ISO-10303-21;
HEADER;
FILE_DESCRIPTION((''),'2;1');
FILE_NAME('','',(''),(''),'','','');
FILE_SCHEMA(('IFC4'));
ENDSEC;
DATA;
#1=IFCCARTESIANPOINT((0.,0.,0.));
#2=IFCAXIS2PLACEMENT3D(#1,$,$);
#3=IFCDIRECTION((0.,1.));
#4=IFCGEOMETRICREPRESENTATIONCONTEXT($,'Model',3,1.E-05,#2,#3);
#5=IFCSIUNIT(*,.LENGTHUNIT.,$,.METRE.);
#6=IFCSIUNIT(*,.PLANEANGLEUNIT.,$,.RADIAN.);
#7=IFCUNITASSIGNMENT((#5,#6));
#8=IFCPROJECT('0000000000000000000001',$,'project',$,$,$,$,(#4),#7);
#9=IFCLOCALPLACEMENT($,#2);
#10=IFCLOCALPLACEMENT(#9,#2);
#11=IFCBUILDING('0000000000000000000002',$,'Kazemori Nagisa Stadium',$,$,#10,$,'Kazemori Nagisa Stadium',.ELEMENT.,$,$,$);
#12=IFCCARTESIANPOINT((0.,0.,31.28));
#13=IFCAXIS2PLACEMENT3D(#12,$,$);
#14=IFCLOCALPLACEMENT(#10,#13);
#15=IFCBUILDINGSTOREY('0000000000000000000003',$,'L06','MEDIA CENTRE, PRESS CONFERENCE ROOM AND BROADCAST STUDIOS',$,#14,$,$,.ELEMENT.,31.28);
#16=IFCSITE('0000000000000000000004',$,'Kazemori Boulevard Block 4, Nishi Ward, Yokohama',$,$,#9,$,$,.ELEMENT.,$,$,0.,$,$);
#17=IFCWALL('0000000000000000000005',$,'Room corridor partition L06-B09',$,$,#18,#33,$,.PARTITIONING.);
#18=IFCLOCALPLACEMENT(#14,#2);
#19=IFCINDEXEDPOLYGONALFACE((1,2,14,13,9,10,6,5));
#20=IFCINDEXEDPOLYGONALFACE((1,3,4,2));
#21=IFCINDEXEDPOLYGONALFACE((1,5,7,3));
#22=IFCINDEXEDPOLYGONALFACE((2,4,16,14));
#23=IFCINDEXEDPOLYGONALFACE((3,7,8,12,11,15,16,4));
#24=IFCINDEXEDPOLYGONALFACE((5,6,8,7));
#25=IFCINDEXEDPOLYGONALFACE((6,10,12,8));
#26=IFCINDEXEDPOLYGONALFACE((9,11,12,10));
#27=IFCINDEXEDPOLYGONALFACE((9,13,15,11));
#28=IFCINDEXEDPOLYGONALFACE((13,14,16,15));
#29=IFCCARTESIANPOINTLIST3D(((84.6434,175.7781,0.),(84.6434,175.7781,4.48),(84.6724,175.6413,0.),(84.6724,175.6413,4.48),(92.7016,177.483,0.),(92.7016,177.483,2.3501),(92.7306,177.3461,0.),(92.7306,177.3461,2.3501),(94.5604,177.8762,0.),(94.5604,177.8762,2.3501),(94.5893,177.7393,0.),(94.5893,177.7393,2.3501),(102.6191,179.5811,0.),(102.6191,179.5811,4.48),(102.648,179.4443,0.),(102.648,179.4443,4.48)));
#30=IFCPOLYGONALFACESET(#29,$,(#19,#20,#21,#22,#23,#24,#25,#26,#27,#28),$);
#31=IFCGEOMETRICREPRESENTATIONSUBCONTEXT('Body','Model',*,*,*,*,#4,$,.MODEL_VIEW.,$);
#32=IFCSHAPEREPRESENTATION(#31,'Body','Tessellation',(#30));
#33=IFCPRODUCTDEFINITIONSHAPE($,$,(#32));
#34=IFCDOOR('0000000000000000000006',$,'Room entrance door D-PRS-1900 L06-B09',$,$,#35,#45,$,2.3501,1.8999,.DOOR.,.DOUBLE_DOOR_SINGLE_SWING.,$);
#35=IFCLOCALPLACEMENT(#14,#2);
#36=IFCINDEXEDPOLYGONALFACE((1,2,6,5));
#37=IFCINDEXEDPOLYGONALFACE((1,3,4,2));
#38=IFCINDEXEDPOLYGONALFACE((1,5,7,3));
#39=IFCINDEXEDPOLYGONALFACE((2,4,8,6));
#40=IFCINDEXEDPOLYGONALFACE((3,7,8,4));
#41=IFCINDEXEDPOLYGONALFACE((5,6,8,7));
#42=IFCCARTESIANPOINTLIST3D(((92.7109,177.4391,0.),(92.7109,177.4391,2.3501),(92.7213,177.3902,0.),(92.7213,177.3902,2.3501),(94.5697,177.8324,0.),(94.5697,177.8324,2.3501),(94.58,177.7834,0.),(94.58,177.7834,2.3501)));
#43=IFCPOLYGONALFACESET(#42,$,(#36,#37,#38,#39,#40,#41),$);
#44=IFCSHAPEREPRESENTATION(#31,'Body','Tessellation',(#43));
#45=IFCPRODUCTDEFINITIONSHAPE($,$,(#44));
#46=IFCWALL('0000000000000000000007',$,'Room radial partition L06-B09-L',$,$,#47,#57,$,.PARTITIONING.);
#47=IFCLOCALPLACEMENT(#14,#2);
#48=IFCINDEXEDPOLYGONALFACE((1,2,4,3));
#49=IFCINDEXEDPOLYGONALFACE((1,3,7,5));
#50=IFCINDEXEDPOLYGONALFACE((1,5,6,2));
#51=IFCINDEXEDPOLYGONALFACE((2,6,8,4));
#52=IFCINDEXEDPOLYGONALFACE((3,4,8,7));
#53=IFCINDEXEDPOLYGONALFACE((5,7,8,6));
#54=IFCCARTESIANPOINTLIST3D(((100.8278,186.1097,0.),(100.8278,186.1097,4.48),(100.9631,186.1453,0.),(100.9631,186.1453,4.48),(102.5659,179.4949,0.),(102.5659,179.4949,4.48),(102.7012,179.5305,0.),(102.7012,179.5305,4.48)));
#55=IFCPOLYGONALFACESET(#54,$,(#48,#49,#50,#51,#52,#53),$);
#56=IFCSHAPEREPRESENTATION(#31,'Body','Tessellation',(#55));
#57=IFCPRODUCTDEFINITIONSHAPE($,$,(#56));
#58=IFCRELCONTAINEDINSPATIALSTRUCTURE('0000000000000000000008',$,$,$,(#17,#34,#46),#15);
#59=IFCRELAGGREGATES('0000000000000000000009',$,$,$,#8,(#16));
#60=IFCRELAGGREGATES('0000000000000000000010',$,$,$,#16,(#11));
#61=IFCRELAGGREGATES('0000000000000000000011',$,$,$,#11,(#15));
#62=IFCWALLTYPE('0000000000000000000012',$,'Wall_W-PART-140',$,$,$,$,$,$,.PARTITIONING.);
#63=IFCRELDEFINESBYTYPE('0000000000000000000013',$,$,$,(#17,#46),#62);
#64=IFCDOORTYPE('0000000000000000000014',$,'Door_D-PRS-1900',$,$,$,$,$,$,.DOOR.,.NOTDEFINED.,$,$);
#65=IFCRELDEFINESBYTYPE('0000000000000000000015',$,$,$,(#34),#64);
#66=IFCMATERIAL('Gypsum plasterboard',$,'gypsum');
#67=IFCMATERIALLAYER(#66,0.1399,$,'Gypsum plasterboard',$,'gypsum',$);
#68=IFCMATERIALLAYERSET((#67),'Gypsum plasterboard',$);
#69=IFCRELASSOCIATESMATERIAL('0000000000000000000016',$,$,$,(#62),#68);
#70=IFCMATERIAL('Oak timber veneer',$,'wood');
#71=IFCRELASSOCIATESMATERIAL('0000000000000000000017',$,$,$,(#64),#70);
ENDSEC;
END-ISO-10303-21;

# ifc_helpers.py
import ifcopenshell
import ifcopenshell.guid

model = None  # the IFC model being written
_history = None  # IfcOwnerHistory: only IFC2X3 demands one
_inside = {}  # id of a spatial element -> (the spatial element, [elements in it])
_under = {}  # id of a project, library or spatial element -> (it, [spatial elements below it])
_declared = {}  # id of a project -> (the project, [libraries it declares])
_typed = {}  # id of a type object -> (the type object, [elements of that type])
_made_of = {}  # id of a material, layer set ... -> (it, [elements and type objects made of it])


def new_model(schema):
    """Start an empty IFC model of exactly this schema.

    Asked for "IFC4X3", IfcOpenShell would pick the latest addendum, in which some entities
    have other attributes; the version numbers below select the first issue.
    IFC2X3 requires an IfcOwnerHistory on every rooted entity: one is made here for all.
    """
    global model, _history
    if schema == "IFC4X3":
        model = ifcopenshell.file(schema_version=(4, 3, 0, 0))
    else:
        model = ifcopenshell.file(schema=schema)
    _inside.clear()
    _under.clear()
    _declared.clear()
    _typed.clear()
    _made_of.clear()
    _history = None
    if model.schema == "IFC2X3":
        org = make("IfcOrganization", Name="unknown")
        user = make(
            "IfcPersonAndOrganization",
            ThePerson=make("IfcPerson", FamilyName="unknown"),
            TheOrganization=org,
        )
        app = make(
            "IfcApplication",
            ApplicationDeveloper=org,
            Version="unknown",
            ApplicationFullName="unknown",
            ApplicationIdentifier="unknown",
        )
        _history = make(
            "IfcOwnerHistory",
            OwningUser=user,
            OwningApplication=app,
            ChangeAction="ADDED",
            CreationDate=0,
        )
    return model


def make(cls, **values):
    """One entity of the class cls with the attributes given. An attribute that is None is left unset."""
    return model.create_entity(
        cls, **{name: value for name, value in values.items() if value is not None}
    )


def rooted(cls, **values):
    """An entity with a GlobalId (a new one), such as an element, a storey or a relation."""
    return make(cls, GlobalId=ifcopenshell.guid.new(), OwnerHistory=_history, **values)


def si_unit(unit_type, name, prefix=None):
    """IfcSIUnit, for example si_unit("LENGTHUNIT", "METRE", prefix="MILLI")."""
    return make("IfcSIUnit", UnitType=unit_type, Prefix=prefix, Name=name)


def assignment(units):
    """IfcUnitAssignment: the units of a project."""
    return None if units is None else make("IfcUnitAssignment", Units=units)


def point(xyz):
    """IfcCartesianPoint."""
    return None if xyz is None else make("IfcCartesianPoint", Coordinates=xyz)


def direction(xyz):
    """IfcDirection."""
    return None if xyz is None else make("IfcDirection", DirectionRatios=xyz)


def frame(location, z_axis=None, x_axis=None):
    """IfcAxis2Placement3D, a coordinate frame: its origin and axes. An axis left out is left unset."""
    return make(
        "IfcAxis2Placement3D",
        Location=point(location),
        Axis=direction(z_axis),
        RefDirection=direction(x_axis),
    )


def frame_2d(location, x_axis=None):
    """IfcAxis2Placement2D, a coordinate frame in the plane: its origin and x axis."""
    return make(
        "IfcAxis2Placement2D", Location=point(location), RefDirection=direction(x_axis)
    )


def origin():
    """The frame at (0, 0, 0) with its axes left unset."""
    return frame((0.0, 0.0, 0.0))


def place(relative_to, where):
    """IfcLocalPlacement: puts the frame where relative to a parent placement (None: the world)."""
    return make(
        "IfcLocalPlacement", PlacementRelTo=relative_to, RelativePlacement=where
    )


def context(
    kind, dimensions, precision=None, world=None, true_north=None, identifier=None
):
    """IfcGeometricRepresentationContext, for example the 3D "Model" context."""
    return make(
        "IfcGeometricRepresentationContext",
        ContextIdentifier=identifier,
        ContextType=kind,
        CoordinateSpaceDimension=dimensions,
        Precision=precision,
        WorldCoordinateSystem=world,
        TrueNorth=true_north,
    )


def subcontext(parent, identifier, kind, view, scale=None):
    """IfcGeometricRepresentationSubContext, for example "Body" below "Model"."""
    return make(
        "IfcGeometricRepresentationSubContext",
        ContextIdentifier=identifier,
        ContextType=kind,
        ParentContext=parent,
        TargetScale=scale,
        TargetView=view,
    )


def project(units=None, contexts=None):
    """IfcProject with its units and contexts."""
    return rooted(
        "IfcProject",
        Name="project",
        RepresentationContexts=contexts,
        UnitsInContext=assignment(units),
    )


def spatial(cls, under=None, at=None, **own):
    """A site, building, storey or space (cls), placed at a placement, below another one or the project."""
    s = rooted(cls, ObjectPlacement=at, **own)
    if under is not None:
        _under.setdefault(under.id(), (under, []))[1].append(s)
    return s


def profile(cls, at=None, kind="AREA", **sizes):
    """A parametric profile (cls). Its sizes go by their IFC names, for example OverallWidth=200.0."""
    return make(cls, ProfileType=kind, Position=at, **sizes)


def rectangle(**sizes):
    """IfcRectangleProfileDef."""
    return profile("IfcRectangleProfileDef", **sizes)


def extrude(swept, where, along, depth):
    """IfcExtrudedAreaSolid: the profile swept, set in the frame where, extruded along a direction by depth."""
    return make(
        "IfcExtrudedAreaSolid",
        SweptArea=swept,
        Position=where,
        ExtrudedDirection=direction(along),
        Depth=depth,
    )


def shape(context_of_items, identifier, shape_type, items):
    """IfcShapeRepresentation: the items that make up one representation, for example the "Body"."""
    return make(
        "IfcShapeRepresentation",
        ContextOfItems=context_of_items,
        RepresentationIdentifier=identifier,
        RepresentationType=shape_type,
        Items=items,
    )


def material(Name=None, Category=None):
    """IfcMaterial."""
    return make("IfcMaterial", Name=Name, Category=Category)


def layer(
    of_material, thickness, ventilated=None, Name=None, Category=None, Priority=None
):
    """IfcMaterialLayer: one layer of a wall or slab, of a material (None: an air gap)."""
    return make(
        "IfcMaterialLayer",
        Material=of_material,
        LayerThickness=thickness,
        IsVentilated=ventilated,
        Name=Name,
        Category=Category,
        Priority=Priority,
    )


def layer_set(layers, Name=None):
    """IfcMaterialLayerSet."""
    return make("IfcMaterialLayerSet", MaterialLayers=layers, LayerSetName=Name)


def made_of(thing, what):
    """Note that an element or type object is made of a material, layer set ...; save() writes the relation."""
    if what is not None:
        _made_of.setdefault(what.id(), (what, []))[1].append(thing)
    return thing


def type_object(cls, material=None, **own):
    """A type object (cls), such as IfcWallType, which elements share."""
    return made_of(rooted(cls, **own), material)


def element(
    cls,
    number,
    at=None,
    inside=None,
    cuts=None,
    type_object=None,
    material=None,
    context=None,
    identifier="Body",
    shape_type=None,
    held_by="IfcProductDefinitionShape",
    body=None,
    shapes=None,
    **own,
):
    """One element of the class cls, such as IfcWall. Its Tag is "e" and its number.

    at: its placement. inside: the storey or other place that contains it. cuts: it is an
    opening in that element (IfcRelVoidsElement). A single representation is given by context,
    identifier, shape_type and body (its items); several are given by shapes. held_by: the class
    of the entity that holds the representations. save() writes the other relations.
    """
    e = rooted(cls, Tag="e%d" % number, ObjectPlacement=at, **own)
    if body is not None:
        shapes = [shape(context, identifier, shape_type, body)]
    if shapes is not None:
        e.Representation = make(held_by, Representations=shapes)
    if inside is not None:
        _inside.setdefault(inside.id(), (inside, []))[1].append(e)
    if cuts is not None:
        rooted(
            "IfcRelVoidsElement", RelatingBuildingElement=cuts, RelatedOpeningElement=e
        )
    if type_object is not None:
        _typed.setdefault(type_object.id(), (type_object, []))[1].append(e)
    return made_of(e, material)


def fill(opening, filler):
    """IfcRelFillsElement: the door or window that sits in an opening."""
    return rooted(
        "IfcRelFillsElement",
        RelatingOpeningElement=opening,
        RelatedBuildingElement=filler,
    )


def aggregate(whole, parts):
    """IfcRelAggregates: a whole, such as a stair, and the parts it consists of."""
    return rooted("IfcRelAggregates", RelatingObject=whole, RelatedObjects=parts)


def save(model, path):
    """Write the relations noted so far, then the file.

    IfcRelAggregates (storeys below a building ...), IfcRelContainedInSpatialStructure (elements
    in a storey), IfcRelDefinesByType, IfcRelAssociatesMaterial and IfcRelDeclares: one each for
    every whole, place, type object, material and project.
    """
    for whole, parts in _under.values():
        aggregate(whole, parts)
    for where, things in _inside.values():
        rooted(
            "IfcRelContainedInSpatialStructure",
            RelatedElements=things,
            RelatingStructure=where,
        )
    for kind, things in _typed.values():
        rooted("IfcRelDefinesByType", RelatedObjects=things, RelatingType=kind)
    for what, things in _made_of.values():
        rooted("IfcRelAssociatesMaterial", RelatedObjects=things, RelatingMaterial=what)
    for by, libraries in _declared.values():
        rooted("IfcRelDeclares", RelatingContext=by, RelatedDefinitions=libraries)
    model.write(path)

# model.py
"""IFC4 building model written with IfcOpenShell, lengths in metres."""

from ifc_helpers import new_model, si_unit, direction, frame, frame_2d, origin, place, context, subcontext, project, spatial, rectangle, extrude, material, layer, layer_set, type_object, element, fill, save


model = new_model("IFC4")

# Units and contexts
model_context = context("Model", 3, precision=1e-05, world=origin(), true_north=direction((0.0, 1.0)))
body_context = subcontext(model_context, "Body", "Model", "MODEL_VIEW")
ifc_project = project(units=[si_unit("LENGTHUNIT", "METRE"), si_unit("PLANEANGLEUNIT", "RADIAN")], contexts=[model_context])

# Site, building, storey
site_placement = place(None, origin())
site = spatial("IfcSite", under=ifc_project, at=site_placement, Name="Kazemori Boulevard Block 4, Nishi Ward, Yokohama", CompositionType="ELEMENT", RefElevation=0.0)
building_placement = place(site_placement, origin())
building = spatial("IfcBuilding", under=site, at=building_placement, Name="Kazemori Nagisa Stadium", LongName="Kazemori Nagisa Stadium", CompositionType="ELEMENT")
storey_placement = place(building_placement, frame((0.0, 0.0, 31.28)))
storey = spatial("IfcBuildingStorey", under=building, at=storey_placement, Name="L06", Description="MEDIA CENTRE, PRESS CONFERENCE ROOM AND BROADCAST STUDIOS", CompositionType="ELEMENT", Elevation=31.28)

# Wall, opening, door
ifc_material_1 = material(Name="Gypsum plasterboard", Category="gypsum")
ifc_layer_1 = layer(ifc_material_1, 0.1399, Name="Gypsum plasterboard", Category="gypsum")
ifc_layer_set_1 = layer_set([ifc_layer_1], Name="Gypsum plasterboard")
wall_type = type_object("IfcWallType", Name="Wall_W-PART-140", PredefinedType="PARTITIONING", material=ifc_layer_set_1)
wall_1_placement = place(storey_placement, frame((102.6335, 179.5127, 0.0), z_axis=(0.0, 0.0, 1.0), x_axis=(-0.978345, -0.206982, 0.0)))
wall_1 = element("IfcWall", 1, at=wall_1_placement, inside=storey, type_object=wall_type, Name="Room corridor partition L06-B09", PredefinedType="PARTITIONING", context=body_context, shape_type="SweptSolid", body=[
    extrude(rectangle(XDim=18.3735, YDim=0.1399, at=frame_2d((9.1868, 0.0))), origin(), (0.0, 0.0, 1.0), 4.48),
])
opening_placement = place(wall_1_placement, frame((8.2371, 0.0, 0.0)))
opening = element("IfcOpeningElement", 2, at=opening_placement, cuts=wall_1, PredefinedType="OPENING", context=body_context, shape_type="SweptSolid", body=[
    extrude(rectangle(XDim=1.8999, YDim=2.3501, at=frame_2d((0.95, 1.175))), frame((0.0, 0.0798, 0.0), z_axis=(0.0, -1.0, 0.0), x_axis=(1.0, 0.0, 0.0)), (0.0, 0.0, 1.0), 0.1599),
])
ifc_material_2 = material(Name="Oak timber veneer", Category="wood")
door_type = type_object("IfcDoorType", Name="Door_D-PRS-1900", OperationType="NOTDEFINED", PredefinedType="DOOR", material=ifc_material_2)
door_placement = place(opening_placement, origin())
door = element("IfcDoor", 3, at=door_placement, inside=storey, type_object=door_type, Name="Room entrance door D-PRS-1900 L06-B09", OperationType="DOUBLE_DOOR_SINGLE_SWING", OverallHeight=2.3501, OverallWidth=1.8999, PredefinedType="DOOR", context=body_context, shape_type="SweptSolid", body=[
    extrude(rectangle(XDim=1.8999, YDim=2.3501, at=frame_2d((0.95, 1.175))), frame((0.0, 0.0249, 0.0), z_axis=(0.0, -1.0, 0.0), x_axis=(1.0, 0.0, 0.0)), (0.0, 0.0, 1.0), 0.05),
])
fill(opening, door)

# Wall
wall_2_placement = place(storey_placement, frame((102.6335, 179.5127, 0.0), z_axis=(0.0, 0.0, 1.0), x_axis=(-0.254126, 0.967171, 0.0)))
element("IfcWall", 4, at=wall_2_placement, inside=storey, type_object=wall_type, Name="Room radial partition L06-B09-L", PredefinedType="PARTITIONING", context=body_context, shape_type="SweptSolid", body=[
    extrude(rectangle(XDim=6.8394, YDim=0.1399, at=frame_2d((3.4197, 0.0))), origin(), (0.0, 0.0, 1.0), 4.48),
])

save(model, "model.ifc")
